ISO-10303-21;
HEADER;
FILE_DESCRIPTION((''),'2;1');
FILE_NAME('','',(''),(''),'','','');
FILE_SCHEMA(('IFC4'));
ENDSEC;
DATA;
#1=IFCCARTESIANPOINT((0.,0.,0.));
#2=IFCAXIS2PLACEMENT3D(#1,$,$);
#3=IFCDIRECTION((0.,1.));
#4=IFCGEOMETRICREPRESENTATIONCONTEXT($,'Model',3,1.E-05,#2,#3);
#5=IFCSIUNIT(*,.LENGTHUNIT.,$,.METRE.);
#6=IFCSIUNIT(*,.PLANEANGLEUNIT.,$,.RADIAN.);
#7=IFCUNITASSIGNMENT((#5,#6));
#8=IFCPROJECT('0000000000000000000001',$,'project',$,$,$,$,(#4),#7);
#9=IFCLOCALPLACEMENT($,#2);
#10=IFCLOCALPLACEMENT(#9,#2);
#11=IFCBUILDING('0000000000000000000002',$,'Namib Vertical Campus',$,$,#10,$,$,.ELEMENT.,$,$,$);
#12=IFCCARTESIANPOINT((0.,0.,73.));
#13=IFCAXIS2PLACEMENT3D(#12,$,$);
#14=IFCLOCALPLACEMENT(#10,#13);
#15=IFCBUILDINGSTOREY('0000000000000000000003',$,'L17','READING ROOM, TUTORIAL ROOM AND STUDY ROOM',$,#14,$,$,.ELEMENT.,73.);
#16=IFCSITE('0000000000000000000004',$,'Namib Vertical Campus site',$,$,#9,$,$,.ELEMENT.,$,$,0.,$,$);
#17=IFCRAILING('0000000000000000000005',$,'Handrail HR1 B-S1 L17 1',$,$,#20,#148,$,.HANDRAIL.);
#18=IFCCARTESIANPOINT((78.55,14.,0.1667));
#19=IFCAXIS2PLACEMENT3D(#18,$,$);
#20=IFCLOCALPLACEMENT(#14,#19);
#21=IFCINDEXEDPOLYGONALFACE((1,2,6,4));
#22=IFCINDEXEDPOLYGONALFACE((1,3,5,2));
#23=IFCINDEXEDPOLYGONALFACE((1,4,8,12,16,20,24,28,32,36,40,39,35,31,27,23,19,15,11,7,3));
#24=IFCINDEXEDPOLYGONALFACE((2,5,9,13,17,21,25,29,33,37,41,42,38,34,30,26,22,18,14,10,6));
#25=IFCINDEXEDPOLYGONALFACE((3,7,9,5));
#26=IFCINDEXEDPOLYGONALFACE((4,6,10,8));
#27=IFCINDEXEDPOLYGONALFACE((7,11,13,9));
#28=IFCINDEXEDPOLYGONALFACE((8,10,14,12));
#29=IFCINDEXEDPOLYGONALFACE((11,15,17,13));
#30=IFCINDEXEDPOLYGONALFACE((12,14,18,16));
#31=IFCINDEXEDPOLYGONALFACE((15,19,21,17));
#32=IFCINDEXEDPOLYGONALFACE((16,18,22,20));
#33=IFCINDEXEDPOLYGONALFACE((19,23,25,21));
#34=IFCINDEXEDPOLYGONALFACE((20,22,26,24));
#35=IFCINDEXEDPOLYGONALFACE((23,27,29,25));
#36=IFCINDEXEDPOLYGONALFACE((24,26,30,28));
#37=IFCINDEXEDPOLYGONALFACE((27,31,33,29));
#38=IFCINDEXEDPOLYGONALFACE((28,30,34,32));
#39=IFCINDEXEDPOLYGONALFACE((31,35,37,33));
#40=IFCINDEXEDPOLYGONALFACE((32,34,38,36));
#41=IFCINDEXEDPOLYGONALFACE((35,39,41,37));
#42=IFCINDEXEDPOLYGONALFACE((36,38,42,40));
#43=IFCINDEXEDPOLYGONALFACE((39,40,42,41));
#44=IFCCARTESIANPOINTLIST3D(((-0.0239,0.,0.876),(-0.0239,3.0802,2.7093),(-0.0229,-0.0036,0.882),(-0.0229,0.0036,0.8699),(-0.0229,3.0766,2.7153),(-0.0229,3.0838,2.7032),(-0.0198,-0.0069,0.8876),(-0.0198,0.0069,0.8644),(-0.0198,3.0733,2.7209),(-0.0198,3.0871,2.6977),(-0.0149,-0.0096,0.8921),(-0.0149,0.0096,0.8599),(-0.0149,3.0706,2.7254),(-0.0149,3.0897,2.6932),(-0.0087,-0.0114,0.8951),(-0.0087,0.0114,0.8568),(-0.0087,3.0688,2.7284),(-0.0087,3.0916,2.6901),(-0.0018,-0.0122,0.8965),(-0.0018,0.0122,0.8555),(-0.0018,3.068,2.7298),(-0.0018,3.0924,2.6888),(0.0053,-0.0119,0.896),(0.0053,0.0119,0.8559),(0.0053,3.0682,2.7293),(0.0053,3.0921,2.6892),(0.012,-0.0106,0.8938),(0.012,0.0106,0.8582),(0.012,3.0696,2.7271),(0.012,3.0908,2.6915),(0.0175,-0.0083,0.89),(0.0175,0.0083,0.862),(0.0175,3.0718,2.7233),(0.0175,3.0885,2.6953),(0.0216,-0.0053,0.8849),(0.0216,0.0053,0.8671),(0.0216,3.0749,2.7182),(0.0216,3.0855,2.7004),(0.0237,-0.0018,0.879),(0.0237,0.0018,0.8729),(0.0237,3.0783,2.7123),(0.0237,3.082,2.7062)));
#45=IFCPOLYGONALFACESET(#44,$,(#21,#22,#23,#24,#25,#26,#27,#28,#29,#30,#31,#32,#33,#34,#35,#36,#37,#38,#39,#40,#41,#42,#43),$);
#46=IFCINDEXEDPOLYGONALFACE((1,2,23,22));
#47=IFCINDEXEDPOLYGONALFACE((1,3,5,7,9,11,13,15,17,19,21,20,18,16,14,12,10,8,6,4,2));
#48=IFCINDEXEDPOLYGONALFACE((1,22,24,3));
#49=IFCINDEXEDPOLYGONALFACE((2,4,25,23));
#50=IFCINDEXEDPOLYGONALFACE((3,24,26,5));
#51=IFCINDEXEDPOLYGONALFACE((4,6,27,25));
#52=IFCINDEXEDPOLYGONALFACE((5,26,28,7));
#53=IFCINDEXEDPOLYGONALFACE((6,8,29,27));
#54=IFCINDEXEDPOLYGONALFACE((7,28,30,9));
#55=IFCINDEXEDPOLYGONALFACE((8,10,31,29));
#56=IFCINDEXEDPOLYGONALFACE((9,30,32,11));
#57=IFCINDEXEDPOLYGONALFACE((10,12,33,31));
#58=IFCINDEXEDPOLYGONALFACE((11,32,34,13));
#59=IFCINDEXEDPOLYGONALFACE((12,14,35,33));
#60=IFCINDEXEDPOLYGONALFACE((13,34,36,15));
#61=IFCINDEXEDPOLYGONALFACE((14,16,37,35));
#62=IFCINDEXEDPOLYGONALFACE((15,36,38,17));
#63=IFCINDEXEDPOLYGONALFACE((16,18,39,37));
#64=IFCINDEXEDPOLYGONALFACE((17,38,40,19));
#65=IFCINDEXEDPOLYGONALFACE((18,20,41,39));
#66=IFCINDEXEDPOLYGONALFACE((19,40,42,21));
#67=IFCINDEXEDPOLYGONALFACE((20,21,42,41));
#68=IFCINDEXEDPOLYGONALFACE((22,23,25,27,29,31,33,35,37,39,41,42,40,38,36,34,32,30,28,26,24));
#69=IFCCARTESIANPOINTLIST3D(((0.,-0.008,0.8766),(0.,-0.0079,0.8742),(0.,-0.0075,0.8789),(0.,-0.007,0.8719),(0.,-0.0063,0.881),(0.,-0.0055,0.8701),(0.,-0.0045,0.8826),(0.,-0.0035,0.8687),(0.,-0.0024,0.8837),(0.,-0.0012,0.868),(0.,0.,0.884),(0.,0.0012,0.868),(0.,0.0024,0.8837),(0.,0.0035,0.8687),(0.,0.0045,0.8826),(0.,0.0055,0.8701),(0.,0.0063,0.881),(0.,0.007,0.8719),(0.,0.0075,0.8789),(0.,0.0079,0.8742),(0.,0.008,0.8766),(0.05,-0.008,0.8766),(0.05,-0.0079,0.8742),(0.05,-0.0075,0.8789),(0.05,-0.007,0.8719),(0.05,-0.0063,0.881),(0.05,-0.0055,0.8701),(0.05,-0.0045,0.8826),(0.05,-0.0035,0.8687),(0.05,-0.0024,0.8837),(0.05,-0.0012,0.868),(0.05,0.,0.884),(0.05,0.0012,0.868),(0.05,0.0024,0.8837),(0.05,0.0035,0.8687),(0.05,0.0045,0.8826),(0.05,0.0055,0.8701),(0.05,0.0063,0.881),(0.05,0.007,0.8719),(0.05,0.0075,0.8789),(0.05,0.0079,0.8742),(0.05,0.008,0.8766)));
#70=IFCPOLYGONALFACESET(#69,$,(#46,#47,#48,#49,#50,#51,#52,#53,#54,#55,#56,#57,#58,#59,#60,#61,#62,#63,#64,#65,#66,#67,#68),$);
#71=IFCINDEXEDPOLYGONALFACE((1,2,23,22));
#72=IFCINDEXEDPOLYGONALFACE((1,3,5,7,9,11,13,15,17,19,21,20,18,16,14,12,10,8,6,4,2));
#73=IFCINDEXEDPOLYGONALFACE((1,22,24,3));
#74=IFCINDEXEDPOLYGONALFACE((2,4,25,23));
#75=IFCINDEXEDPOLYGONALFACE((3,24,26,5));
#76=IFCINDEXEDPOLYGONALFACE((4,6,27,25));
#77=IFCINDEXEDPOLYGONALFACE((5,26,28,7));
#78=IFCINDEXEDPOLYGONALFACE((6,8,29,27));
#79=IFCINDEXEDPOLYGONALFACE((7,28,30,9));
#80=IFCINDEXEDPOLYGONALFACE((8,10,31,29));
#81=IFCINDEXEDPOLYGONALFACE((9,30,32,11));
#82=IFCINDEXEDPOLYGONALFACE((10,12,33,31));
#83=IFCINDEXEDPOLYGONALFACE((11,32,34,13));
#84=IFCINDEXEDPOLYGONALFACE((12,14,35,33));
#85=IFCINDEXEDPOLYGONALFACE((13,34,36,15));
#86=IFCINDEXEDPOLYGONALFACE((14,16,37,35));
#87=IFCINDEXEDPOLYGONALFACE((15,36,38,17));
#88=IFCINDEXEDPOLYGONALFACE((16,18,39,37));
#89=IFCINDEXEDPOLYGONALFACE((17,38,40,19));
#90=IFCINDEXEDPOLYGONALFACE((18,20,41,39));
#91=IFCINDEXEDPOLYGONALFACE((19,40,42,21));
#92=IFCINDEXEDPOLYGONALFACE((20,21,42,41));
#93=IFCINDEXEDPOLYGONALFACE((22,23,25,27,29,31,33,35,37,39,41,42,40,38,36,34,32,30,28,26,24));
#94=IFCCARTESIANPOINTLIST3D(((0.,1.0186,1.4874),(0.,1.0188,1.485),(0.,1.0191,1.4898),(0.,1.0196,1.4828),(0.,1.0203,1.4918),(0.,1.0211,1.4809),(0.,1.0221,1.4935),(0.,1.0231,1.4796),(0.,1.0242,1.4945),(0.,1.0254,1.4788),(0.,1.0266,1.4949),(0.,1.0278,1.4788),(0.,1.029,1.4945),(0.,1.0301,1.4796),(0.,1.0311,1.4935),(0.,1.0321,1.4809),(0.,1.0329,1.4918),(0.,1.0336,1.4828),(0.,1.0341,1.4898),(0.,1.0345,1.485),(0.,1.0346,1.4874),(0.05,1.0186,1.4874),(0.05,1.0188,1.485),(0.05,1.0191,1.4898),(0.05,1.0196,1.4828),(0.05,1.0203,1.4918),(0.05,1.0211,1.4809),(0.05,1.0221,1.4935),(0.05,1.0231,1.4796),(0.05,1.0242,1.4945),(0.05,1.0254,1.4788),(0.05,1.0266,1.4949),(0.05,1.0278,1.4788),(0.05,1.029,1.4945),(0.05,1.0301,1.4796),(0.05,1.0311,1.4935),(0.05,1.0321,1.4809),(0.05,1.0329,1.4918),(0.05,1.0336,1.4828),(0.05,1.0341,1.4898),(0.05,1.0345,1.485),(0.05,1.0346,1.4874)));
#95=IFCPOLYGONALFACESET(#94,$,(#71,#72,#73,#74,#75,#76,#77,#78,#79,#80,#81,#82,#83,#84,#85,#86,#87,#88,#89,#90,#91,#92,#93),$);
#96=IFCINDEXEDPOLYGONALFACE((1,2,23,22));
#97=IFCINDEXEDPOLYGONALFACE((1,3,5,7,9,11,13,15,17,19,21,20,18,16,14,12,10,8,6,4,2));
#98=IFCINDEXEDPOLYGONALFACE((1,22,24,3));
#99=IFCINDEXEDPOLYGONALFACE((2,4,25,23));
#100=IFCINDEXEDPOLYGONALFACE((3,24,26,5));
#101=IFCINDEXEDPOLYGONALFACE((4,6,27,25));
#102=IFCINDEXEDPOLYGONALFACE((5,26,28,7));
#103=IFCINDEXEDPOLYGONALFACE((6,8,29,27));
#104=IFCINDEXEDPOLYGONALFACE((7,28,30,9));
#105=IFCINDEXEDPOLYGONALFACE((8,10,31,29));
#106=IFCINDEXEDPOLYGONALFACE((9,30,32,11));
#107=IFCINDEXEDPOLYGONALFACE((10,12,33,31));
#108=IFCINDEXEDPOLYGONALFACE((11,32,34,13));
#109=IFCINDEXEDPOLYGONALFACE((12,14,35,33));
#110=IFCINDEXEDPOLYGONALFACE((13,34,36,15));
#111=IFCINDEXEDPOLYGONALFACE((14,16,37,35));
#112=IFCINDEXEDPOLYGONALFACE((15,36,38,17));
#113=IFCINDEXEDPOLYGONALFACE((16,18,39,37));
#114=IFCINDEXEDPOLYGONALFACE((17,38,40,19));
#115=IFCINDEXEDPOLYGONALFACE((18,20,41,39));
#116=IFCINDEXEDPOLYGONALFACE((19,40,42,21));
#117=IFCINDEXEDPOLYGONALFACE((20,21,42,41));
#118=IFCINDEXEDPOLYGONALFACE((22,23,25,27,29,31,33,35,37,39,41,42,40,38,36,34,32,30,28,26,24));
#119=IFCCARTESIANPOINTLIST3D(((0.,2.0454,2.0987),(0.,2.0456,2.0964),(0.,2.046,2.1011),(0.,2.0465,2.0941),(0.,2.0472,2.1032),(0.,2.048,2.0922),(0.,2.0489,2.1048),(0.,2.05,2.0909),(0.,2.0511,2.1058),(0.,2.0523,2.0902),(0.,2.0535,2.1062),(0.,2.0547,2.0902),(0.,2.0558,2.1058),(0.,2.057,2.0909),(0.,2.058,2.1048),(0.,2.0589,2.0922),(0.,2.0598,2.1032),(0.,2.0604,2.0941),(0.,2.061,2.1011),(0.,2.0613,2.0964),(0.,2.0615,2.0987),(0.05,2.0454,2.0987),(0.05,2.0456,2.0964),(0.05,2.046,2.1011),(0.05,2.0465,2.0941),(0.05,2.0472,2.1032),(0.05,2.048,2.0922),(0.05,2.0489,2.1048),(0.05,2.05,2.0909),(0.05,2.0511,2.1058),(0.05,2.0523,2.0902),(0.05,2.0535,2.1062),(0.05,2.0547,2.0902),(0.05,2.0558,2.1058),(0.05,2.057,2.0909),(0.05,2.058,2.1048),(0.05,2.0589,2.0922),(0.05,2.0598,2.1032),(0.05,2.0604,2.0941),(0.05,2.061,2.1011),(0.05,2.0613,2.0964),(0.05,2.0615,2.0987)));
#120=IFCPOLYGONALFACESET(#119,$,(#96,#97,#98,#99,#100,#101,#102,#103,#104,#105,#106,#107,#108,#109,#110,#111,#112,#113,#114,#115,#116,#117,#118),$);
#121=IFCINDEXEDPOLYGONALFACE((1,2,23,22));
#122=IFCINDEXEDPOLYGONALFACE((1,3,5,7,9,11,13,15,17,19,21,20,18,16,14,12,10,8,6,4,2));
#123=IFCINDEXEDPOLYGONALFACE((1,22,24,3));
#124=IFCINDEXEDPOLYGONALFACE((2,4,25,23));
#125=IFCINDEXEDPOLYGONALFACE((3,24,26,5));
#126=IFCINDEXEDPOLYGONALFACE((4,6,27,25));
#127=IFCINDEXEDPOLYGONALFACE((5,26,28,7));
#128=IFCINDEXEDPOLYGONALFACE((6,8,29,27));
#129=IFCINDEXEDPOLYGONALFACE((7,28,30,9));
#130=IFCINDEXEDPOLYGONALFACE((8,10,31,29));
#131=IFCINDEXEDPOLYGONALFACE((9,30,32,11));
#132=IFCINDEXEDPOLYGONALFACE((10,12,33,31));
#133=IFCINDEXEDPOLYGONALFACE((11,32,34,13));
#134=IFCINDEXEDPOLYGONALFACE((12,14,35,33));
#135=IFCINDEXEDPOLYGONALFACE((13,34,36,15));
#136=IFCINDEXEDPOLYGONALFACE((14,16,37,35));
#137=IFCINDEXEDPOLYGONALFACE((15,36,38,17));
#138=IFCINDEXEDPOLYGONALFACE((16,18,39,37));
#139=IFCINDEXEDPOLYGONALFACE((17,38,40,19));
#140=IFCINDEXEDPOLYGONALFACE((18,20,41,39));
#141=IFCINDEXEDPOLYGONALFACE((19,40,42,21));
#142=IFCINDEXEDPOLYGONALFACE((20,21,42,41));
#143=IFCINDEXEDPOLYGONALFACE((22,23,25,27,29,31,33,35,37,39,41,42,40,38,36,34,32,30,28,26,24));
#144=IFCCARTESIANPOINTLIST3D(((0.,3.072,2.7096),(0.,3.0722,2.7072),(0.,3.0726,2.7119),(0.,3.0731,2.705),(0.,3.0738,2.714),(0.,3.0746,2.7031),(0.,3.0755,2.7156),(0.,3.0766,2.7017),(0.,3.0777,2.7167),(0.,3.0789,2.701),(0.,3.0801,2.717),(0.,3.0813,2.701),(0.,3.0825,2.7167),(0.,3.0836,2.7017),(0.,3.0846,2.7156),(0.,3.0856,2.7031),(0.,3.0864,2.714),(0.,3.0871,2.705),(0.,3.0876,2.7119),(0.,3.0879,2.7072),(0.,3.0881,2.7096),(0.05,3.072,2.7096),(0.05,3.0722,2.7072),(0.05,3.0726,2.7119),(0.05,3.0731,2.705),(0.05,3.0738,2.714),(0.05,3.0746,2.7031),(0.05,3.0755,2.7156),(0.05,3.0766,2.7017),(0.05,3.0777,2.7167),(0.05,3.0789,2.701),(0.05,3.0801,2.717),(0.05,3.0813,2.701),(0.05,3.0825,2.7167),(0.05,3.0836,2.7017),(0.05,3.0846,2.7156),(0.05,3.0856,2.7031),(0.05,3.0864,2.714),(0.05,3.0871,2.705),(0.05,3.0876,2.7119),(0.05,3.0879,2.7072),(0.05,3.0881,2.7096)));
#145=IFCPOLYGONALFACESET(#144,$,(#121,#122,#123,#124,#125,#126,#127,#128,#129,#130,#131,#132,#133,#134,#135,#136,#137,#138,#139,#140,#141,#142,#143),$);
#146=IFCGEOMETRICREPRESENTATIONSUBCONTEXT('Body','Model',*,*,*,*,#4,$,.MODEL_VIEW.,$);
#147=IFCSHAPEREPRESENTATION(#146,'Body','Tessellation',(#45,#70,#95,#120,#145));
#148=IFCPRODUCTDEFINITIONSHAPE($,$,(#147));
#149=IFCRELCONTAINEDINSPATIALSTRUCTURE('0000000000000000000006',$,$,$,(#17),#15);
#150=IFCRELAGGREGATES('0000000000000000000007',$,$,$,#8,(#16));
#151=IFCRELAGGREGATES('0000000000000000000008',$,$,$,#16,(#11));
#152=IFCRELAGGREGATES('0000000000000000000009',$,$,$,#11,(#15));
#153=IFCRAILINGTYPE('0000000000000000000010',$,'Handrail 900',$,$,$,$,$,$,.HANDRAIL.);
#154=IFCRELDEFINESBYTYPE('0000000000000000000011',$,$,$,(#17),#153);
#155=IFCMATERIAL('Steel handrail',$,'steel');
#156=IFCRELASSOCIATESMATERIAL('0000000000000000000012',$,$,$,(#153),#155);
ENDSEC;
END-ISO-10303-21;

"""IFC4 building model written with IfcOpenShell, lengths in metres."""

from ifc_helpers import new_model, si_unit, direction, frame, origin, origin_2d, place, context, subcontext, project, spatial, circle, extrude, material, type_object, element, save


model = new_model("IFC4")

# Units and contexts
model_context = context("Model", 3, precision=1e-05, world=origin(), true_north=direction((0.0, 1.0)))
body_context = subcontext(model_context, "Body", "Model", "MODEL_VIEW")
ifc_project = project(units=[si_unit("LENGTHUNIT", "METRE"), si_unit("PLANEANGLEUNIT", "RADIAN")], contexts=[model_context])

# Site, building, storey
site_placement = place(None, origin())
site = spatial("IfcSite", under=ifc_project, at=site_placement, Name="Namib Vertical Campus site", CompositionType="ELEMENT", RefElevation=0.0)
building_placement = place(site_placement, origin())
building = spatial("IfcBuilding", under=site, at=building_placement, Name="Namib Vertical Campus", CompositionType="ELEMENT")
storey_placement = place(building_placement, frame((0.0, 0.0, 73.0)))
storey = spatial("IfcBuildingStorey", under=building, at=storey_placement, Name="L17", Description="READING ROOM, TUTORIAL ROOM AND STUDY ROOM", CompositionType="ELEMENT", Elevation=73.0)

# Railing
ifc_material_1 = material(Name="Steel handrail", Category="steel")
railing_type_1 = type_object("IfcRailingType", Name="Handrail 900", PredefinedType="HANDRAIL", material=ifc_material_1)
railing_1_placement = place(storey_placement, frame((78.55, 14.0, 0.1667)))
element("IfcRailing", 1, at=railing_1_placement, inside=storey, type_object=railing_type_1, Name="Handrail HR1 B-S1 L17 1", PredefinedType="HANDRAIL", context=body_context, shape_type="SweptSolid", body=[
    extrude(circle(Radius=0.0239, at=origin_2d()), frame((0.0, 0.0, 0.876), z_axis=(0.0, 0.859309, 0.511458), x_axis=(-1.0, 0.0, 0.0)), (0.0, 0.0, 1.0), 3.5845),
    extrude(circle(Radius=0.0081, at=origin_2d()), frame((0.0, 0.0, 0.876), z_axis=(1.0, 0.0, 0.0), x_axis=(0.0, 0.0, 1.0)), (0.0, 0.0, 1.0), 0.05),
    extrude(circle(Radius=0.0081, at=origin_2d()), frame((0.0, 1.0266, 1.4868), z_axis=(1.0, 0.0, 0.0), x_axis=(0.0, 0.0, 1.0)), (0.0, 0.0, 1.0), 0.05),
    extrude(circle(Radius=0.0081, at=origin_2d()), frame((0.0, 2.0535, 2.0981), z_axis=(1.0, 0.0, 0.0), x_axis=(0.0, 0.0, 1.0)), (0.0, 0.0, 1.0), 0.05),
    extrude(circle(Radius=0.0081, at=origin_2d()), frame((0.0, 3.0801, 2.709), z_axis=(1.0, 0.0, 0.0), x_axis=(0.0, 0.0, 1.0)), (0.0, 0.0, 1.0), 0.05),
])

save(model, "model.ifc")
